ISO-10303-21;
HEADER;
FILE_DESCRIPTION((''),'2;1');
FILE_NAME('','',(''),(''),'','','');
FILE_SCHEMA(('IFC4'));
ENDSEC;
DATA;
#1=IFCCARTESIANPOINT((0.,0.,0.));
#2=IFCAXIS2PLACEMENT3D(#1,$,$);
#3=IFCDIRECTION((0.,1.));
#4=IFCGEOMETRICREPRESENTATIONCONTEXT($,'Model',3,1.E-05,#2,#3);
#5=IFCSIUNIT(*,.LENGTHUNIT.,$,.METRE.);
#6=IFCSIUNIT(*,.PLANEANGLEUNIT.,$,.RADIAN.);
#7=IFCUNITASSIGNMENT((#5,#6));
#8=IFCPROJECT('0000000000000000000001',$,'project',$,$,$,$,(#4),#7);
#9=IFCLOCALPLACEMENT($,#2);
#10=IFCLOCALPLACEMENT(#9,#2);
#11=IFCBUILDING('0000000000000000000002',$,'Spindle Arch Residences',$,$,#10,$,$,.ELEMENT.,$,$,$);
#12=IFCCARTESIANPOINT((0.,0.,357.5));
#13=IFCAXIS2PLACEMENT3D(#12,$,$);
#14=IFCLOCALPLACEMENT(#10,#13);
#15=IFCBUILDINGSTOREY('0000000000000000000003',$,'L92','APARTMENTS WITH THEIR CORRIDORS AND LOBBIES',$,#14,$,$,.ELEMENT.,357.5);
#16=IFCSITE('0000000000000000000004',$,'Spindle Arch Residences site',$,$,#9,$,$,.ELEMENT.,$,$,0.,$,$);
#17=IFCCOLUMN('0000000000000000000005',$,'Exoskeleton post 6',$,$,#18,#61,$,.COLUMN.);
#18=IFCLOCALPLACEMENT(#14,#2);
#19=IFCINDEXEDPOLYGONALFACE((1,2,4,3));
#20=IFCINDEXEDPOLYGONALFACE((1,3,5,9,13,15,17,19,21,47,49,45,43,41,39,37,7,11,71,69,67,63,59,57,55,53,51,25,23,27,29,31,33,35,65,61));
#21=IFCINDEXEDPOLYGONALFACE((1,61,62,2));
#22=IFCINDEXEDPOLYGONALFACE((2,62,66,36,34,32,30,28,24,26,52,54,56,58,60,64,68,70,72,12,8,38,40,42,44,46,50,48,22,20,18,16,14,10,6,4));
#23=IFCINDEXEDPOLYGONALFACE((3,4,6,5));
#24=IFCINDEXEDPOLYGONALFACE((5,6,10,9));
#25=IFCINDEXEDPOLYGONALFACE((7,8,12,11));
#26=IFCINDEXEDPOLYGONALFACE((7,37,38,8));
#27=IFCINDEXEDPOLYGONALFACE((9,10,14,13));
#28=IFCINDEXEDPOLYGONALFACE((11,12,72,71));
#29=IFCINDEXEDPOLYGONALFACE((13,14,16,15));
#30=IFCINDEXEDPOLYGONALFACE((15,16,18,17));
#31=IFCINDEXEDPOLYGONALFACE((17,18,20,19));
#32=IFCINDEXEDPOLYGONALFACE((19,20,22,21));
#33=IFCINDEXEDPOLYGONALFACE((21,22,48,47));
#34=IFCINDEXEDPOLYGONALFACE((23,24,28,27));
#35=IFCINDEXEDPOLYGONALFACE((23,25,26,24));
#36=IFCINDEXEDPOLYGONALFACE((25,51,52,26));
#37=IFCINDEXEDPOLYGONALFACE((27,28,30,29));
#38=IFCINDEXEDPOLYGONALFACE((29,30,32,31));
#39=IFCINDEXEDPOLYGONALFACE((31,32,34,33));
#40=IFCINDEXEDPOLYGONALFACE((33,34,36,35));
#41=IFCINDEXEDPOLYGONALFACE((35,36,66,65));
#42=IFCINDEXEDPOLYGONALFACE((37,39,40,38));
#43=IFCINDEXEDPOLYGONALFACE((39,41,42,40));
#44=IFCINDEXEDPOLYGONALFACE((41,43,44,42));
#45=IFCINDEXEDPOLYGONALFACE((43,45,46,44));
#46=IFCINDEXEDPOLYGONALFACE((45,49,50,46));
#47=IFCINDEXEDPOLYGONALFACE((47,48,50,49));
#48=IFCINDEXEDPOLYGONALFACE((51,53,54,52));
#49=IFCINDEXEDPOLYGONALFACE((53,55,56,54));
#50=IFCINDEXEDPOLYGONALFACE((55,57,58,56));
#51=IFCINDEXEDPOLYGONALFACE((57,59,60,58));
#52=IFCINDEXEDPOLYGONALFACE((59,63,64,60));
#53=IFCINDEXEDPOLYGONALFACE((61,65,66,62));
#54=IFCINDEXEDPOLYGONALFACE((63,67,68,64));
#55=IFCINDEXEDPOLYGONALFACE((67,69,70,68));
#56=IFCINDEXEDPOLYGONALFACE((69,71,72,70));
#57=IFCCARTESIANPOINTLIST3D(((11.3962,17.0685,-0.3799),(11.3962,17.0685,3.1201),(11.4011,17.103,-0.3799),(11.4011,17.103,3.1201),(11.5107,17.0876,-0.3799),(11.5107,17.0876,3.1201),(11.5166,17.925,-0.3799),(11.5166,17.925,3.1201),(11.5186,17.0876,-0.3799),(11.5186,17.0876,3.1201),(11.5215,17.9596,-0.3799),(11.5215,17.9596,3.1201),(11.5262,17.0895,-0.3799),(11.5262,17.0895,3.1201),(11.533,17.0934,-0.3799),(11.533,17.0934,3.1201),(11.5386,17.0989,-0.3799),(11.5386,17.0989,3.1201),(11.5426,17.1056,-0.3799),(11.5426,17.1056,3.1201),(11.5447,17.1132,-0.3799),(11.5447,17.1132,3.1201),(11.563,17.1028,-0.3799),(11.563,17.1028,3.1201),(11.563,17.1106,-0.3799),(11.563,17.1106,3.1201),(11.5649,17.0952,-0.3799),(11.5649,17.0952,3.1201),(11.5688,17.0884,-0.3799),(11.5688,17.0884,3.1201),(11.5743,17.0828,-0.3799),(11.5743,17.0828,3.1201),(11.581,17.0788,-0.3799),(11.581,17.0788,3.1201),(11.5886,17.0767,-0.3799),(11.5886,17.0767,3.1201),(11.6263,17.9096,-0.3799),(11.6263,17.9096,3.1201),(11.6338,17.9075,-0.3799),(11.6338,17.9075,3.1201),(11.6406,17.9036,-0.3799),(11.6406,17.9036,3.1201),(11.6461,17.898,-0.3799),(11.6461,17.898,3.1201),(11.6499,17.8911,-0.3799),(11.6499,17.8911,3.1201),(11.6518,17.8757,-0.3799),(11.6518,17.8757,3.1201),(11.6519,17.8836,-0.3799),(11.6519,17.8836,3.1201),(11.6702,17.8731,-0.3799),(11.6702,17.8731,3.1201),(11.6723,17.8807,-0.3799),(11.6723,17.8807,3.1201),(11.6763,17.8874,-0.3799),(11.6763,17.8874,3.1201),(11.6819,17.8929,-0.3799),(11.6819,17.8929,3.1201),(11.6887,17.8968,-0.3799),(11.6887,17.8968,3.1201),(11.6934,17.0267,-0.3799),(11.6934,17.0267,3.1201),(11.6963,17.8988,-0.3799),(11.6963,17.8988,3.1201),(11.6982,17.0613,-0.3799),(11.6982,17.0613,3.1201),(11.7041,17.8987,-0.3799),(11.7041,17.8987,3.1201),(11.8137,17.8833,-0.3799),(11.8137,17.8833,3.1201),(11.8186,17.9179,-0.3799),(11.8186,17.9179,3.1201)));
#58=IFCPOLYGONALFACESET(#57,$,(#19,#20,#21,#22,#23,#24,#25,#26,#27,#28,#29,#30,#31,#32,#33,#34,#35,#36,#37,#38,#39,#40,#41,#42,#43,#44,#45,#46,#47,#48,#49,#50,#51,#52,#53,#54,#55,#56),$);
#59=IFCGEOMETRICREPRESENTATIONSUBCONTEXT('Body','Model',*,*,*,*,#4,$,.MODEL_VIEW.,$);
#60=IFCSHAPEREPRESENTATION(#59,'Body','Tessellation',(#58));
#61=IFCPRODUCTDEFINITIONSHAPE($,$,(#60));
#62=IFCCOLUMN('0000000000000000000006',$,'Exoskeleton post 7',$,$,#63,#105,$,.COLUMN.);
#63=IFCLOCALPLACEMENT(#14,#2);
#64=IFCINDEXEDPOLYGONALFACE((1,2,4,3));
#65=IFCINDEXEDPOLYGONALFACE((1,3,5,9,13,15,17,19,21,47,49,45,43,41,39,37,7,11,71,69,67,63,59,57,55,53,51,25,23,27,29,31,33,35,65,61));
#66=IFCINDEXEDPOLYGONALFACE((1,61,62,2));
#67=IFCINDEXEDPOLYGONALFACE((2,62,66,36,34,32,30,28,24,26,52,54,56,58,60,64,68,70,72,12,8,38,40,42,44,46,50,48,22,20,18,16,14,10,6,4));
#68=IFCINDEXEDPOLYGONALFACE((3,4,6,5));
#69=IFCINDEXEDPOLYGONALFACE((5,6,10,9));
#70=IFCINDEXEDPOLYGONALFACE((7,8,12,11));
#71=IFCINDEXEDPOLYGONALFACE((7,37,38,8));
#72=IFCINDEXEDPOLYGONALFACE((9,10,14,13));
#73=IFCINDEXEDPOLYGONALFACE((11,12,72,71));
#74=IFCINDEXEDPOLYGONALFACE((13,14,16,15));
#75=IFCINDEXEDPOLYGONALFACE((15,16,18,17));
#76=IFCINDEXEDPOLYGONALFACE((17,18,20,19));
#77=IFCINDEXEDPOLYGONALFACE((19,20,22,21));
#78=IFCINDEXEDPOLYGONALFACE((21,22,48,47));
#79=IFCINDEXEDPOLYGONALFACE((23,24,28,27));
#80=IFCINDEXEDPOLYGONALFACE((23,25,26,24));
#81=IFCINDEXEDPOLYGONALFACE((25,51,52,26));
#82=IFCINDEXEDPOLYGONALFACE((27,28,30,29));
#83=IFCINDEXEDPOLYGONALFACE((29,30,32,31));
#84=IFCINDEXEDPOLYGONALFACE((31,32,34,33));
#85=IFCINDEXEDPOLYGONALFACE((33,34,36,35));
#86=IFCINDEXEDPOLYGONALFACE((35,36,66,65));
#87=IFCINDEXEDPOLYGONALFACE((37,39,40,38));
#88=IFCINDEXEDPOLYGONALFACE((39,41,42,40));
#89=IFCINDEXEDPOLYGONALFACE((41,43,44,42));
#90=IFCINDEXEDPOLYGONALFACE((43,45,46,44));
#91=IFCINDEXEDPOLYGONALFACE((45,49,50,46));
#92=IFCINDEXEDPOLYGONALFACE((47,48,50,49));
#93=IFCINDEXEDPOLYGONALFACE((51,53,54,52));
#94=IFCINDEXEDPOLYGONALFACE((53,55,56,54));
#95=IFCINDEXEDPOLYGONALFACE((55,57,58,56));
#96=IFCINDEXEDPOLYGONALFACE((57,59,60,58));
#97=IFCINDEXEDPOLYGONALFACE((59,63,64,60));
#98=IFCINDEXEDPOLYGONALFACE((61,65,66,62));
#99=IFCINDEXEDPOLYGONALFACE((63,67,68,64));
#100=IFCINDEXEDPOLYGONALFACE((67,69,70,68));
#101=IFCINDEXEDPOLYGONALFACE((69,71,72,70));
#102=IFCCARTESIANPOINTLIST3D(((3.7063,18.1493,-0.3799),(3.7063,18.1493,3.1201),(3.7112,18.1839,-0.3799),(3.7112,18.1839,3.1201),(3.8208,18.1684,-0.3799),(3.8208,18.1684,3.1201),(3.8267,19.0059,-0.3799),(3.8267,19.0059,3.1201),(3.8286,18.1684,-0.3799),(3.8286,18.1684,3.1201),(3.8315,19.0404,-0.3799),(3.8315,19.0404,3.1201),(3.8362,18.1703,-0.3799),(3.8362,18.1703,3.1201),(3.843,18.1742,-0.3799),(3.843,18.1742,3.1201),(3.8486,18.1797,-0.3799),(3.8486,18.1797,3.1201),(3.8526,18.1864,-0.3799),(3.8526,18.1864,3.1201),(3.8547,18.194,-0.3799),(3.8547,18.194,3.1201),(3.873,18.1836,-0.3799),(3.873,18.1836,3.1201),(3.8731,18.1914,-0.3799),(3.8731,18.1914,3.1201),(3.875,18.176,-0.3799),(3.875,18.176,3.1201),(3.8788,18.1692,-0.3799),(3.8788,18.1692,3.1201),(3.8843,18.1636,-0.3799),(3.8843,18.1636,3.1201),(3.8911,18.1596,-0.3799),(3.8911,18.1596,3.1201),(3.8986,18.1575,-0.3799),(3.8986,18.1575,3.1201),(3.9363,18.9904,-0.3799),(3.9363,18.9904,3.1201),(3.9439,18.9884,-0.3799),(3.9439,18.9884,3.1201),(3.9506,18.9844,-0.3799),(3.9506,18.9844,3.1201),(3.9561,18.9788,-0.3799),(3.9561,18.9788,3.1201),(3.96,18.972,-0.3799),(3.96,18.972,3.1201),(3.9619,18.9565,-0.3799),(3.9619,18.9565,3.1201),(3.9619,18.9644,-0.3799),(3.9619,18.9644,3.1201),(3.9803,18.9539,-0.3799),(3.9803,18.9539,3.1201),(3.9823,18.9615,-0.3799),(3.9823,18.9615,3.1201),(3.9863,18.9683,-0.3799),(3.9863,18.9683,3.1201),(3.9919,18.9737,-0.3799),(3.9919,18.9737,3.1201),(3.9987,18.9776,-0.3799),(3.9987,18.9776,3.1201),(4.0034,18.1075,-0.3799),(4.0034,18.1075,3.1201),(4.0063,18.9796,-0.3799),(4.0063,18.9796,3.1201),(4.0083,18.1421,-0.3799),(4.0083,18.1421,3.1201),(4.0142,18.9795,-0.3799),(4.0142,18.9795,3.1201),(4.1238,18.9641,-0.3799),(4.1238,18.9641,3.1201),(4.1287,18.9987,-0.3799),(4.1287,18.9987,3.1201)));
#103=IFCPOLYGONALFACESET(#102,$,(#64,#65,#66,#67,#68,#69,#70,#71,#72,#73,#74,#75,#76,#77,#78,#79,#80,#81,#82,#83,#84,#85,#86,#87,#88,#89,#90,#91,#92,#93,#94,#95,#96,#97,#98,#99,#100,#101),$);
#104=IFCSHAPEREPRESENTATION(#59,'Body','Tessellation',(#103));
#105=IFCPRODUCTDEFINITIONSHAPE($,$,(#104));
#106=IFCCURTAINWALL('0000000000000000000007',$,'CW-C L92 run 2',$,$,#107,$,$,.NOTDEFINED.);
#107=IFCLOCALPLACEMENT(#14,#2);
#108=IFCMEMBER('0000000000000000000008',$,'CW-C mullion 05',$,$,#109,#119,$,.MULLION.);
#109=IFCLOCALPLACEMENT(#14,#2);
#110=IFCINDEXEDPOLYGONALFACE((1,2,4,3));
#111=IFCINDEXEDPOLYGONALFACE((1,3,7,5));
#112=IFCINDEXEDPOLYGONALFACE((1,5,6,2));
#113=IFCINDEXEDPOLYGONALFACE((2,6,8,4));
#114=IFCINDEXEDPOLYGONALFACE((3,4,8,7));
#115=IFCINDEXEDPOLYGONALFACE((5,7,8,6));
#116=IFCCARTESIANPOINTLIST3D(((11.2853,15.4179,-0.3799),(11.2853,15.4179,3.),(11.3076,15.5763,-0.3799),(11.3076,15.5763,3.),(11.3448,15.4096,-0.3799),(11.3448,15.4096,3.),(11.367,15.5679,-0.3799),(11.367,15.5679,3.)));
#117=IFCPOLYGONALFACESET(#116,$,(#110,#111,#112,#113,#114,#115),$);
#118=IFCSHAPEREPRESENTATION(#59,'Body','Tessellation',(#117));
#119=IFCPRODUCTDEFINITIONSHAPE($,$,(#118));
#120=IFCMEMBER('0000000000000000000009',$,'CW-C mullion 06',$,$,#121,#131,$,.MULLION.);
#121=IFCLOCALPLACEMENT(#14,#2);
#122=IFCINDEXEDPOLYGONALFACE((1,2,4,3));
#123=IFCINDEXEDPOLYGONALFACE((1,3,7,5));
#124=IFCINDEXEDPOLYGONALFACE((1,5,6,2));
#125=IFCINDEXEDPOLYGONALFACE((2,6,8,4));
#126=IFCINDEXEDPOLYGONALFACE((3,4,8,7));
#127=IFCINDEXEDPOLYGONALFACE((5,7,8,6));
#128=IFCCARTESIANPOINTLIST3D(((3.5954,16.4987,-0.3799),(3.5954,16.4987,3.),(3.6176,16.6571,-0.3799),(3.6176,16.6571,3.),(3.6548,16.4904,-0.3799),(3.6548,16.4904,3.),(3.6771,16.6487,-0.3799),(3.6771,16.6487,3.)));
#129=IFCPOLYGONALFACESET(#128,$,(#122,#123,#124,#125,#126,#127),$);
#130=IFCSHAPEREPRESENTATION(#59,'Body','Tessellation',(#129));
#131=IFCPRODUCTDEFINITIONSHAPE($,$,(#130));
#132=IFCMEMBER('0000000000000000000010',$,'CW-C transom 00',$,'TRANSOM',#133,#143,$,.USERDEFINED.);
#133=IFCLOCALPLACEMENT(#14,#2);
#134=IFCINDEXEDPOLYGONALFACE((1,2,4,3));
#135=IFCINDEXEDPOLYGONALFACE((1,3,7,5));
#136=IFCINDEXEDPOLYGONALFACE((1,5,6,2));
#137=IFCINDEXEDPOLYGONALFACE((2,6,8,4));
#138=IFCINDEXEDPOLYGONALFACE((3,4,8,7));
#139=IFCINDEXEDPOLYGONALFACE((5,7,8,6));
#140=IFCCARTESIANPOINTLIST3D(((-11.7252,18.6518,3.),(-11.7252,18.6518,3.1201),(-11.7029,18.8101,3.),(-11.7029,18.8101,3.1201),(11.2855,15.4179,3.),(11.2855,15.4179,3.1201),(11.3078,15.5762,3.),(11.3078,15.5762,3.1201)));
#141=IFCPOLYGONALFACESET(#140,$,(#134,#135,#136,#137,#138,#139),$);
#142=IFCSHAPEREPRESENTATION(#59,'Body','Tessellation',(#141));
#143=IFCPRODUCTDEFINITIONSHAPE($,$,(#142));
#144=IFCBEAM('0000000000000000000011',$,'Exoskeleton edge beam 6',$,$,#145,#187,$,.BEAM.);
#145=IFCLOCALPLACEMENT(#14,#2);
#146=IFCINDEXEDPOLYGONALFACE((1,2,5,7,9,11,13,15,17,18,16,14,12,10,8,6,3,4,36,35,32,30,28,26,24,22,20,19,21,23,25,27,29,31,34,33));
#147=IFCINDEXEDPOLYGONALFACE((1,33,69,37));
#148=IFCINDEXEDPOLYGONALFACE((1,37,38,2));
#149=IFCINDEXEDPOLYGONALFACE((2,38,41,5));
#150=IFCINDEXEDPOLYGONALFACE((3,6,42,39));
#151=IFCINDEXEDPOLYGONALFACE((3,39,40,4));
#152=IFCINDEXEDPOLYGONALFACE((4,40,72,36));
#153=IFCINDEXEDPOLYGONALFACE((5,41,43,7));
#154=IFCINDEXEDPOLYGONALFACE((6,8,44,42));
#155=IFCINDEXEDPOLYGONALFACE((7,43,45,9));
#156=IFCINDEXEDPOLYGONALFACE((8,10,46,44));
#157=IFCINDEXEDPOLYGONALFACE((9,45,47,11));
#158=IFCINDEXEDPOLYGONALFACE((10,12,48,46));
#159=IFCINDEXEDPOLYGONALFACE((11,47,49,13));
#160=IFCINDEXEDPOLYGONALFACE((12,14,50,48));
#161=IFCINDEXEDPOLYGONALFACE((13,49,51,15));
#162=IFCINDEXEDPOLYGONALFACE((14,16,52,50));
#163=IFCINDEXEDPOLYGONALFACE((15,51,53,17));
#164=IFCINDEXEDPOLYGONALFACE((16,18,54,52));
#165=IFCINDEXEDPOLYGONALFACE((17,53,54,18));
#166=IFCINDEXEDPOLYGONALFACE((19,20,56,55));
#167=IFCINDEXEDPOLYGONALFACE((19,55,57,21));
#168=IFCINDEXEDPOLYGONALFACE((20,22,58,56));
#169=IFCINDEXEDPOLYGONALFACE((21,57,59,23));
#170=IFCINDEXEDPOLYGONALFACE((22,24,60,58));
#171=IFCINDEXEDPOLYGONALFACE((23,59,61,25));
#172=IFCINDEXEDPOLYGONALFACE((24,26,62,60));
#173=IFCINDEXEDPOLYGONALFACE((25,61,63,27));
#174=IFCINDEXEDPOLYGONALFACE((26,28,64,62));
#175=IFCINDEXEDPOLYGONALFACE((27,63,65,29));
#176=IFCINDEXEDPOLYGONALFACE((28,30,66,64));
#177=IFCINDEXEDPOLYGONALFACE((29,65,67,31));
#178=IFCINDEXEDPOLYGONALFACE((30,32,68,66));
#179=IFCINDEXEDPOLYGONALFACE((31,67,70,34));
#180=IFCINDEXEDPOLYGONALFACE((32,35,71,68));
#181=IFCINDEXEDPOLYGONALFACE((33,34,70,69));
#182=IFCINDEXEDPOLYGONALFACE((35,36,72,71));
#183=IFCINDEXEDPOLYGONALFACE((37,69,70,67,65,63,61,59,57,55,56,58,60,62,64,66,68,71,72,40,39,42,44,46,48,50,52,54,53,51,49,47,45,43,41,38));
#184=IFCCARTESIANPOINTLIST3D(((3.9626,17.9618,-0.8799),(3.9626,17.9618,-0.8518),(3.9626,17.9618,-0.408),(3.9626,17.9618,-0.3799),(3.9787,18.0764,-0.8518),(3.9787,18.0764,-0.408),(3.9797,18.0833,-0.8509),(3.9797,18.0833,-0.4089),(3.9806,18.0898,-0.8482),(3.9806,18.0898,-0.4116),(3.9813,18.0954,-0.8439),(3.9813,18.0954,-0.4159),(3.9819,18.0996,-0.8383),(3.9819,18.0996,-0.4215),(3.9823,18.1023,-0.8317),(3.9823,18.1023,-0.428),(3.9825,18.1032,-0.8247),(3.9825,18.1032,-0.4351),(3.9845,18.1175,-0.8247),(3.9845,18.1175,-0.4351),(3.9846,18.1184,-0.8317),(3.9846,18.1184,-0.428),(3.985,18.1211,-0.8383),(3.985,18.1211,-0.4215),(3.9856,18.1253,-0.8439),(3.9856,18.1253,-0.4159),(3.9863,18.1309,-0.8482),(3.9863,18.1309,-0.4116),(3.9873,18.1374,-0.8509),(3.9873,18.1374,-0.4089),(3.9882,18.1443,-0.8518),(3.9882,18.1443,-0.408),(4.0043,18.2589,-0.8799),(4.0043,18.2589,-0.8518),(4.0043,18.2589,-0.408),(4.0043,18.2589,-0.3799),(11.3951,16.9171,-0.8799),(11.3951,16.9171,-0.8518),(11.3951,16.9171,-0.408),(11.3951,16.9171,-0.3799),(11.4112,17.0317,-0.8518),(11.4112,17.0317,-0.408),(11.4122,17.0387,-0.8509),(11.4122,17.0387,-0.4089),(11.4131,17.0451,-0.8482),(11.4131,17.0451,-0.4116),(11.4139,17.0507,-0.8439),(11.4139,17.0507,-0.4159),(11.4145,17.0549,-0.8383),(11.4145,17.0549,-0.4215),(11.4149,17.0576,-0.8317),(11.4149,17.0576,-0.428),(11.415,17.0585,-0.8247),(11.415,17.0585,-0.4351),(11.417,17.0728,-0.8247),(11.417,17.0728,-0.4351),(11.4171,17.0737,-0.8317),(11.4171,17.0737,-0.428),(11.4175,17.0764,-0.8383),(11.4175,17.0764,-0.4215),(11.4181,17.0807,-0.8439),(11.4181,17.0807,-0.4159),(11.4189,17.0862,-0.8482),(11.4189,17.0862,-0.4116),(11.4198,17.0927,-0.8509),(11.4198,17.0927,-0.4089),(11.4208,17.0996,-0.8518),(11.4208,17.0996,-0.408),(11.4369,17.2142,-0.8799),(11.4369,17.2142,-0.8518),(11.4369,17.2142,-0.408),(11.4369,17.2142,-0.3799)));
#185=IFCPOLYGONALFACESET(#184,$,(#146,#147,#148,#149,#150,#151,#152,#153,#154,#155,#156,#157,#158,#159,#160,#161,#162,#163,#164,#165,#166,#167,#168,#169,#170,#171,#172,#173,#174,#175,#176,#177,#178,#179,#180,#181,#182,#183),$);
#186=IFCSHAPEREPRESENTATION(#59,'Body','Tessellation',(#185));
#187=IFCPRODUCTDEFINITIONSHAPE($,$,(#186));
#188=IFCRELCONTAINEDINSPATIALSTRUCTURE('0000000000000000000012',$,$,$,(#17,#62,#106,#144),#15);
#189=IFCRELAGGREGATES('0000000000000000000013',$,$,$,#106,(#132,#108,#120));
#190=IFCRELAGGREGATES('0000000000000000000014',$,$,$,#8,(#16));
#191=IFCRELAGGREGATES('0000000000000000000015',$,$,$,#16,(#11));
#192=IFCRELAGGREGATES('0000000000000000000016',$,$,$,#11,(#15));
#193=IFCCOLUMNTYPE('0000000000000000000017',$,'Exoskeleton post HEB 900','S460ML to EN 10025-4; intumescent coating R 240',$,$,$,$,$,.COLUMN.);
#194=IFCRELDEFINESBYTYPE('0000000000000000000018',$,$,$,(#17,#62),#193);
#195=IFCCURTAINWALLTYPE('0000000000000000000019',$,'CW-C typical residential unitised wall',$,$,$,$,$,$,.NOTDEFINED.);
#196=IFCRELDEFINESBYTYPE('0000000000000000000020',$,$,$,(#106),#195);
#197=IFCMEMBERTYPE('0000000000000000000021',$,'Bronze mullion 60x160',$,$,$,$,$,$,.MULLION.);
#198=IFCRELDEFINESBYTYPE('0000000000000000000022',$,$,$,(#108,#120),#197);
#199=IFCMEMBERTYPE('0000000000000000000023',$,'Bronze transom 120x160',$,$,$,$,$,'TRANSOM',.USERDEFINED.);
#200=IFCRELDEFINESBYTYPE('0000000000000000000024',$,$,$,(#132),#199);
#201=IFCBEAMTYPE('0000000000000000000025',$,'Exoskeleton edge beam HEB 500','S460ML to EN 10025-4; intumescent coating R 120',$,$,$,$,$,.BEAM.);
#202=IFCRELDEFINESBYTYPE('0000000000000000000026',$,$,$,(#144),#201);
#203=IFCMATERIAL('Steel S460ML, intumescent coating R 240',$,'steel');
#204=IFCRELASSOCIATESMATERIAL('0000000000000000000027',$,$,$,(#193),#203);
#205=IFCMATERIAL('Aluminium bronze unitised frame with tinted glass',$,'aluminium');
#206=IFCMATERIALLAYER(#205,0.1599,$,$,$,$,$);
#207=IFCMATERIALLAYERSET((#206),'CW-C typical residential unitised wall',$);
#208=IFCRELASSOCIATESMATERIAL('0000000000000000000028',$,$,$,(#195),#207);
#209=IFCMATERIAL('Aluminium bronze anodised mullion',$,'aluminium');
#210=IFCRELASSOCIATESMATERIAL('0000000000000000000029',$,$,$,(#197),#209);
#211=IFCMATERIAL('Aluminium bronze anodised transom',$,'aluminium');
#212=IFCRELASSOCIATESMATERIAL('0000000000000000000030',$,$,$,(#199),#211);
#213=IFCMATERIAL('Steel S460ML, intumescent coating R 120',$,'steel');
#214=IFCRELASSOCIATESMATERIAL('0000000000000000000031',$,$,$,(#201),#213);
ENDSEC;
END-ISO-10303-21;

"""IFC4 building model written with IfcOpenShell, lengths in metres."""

from ifc_helpers import new_model, si_unit, direction, frame, origin, origin_2d, place, context, subcontext, project, spatial, rectangle, i_section, extrude, material, layer, layer_set, material_profile, profile_set, type_object, element, aggregate, save


model = new_model("IFC4")

# Units and contexts
model_context = context("Model", 3, precision=1e-05, world=origin(), true_north=direction((0.0, 1.0)))
body_context = subcontext(model_context, "Body", "Model", "MODEL_VIEW")
ifc_project = project(units=[si_unit("LENGTHUNIT", "METRE"), si_unit("PLANEANGLEUNIT", "RADIAN")], contexts=[model_context])

# Site, building, storey
site_placement = place(None, origin())
site = spatial("IfcSite", under=ifc_project, at=site_placement, Name="Spindle Arch Residences site", CompositionType="ELEMENT", RefElevation=0.0)
building_placement = place(site_placement, origin())
building = spatial("IfcBuilding", under=site, at=building_placement, Name="Spindle Arch Residences", CompositionType="ELEMENT")
storey_placement = place(building_placement, frame((0.0, 0.0, 357.5)))
storey = spatial("IfcBuildingStorey", under=building, at=storey_placement, Name="L92", Description="APARTMENTS WITH THEIR CORRIDORS AND LOBBIES", CompositionType="ELEMENT", Elevation=357.5)

# Columns
ifc_material_1 = material(Name="Steel S460ML, intumescent coating R 240", Category="steel")
ifc_material_profile_1 = material_profile(ifc_material_1, i_section(OverallWidth=0.3, OverallDepth=0.8999, WebThickness=0.0186, FlangeThickness=0.0349, FilletRadius=0.03, at=origin_2d()), Name="HEB 900")
ifc_profile_set_1 = profile_set([ifc_material_profile_1], Name="Steel S460ML, intumescent coating R 240")
column_type = type_object("IfcColumnType", Name="Exoskeleton post HEB 900", Description="S460ML to EN 10025-4; intumescent coating R 240", PredefinedType="COLUMN", material=ifc_profile_set_1)
for number, where, z_axis, x_axis, name in (
    (1, (11.6074, 17.4932, -0.3799), (0.0, 0.0, 1.0), (0.990268, -0.139173, 0.0), "Exoskeleton post 6"),
    (2, (3.9175, 18.574, -0.3799), (0.0, 0.0, 1.0), (0.990268, -0.139173, 0.0), "Exoskeleton post 7"),
):
    element("IfcColumn", number, at=place(storey_placement, frame(where, z_axis=z_axis, x_axis=x_axis)), inside=storey, type_object=column_type, Name=name, PredefinedType="COLUMN", context=body_context, shape_type="SweptSolid", body=[
        extrude(i_section(OverallWidth=0.3, OverallDepth=0.8999, WebThickness=0.0186, FlangeThickness=0.0349, FilletRadius=0.03, at=origin_2d()), origin(), (0.0, 0.0, 1.0), 3.5),
    ])

# Curtain wall, members
ifc_material_2 = material(Name="Aluminium bronze unitised frame with tinted glass", Category="aluminium")
ifc_layer_1 = layer(ifc_material_2, 0.1599)
ifc_layer_set_1 = layer_set([ifc_layer_1], Name="CW-C typical residential unitised wall")
curtain_wall_type = type_object("IfcCurtainWallType", Name="CW-C typical residential unitised wall", PredefinedType="NOTDEFINED", material=ifc_layer_set_1)
curtain_wall_placement = place(storey_placement, origin())
curtain_wall = element("IfcCurtainWall", 3, at=curtain_wall_placement, inside=storey, type_object=curtain_wall_type, Name="CW-C L92 run 2", PredefinedType="NOTDEFINED")
ifc_material_3 = material(Name="Aluminium bronze anodised mullion", Category="aluminium")
ifc_material_profile_2 = material_profile(ifc_material_3, rectangle(XDim=0.1599, YDim=0.0601, at=origin_2d()), Name="MU 60x160")
ifc_profile_set_2 = profile_set([ifc_material_profile_2], Name="Aluminium bronze anodised mullion")
member_type_1 = type_object("IfcMemberType", Name="Bronze mullion 60x160", PredefinedType="MULLION", material=ifc_profile_set_2)
member_1_placement = place(storey_placement, frame((11.3262, 15.4929, -0.3799), z_axis=(0.0, 0.0, 1.0), x_axis=(-0.139173, -0.990268, 0.0)))
member_1 = element("IfcMember", 4, at=member_1_placement, type_object=member_type_1, Name="CW-C mullion 05", PredefinedType="MULLION", context=body_context, shape_type="SweptSolid", body=[
    extrude(rectangle(XDim=0.1599, YDim=0.0601, at=origin_2d()), origin(), (0.0, 0.0, 1.0), 3.3799),
])
member_2_placement = place(storey_placement, frame((3.6362, 16.5737, -0.3799), z_axis=(0.0, 0.0, 1.0), x_axis=(-0.139173, -0.990268, 0.0)))
member_2 = element("IfcMember", 5, at=member_2_placement, type_object=member_type_1, Name="CW-C mullion 06", PredefinedType="MULLION", context=body_context, shape_type="SweptSolid", body=[
    extrude(rectangle(XDim=0.1599, YDim=0.0601, at=origin_2d()), origin(), (0.0, 0.0, 1.0), 3.3799),
])
ifc_material_4 = material(Name="Aluminium bronze anodised transom", Category="aluminium")
ifc_material_profile_3 = material_profile(ifc_material_4, rectangle(XDim=0.1599, YDim=0.1201, at=origin_2d()), Name="TR 120x160")
ifc_profile_set_3 = profile_set([ifc_material_profile_3], Name="Aluminium bronze anodised transom")
member_type_2 = type_object("IfcMemberType", Name="Bronze transom 120x160", ElementType="TRANSOM", PredefinedType="USERDEFINED", material=ifc_profile_set_3)
member_3_placement = place(storey_placement, frame((11.2966, 15.4971, 3.0601), z_axis=(-0.990268, 0.13917, 0.0), x_axis=(-0.13917, -0.990268, 0.0)))
member_3 = element("IfcMember", 6, at=member_3_placement, type_object=member_type_2, Name="CW-C transom 00", ObjectType="TRANSOM", PredefinedType="USERDEFINED", context=body_context, shape_type="SweptSolid", body=[
    extrude(rectangle(XDim=0.1599, YDim=0.1201, at=origin_2d()), origin(), (0.0, 0.0, 1.0), 23.2368),
])

# Beam
ifc_material_5 = material(Name="Steel S460ML, intumescent coating R 120", Category="steel")
ifc_material_profile_4 = material_profile(ifc_material_5, i_section(OverallWidth=0.3, OverallDepth=0.5, WebThickness=0.0144, FlangeThickness=0.0281, FilletRadius=0.0271, at=origin_2d()), Name="HEB 500")
ifc_profile_set_4 = profile_set([ifc_material_profile_4], Name="Steel S460ML, intumescent coating R 120")
beam_type_1 = type_object("IfcBeamType", Name="Exoskeleton edge beam HEB 500", Description="S460ML to EN 10025-4; intumescent coating R 120", PredefinedType="BEAM", material=ifc_profile_set_4)
for number, where, z_axis, x_axis, name in (
    (7, (11.416, 17.0657, -0.6299), (-0.990266, 0.139185, 0.0), (-0.139185, -0.990266, 0.0), "Exoskeleton edge beam 6"),
):
    element("IfcBeam", number, at=place(storey_placement, frame(where, z_axis=z_axis, x_axis=x_axis)), inside=storey, type_object=beam_type_1, Name=name, PredefinedType="BEAM", context=body_context, shape_type="SweptSolid", body=[
        extrude(i_section(OverallWidth=0.3, OverallDepth=0.5, WebThickness=0.0144, FlangeThickness=0.0281, FilletRadius=0.0271, at=origin_2d()), origin(), (0.0, 0.0, 1.0), 7.5056),
    ])

aggregate(curtain_wall, [member_3, member_1, member_2])

save(model, "model.ifc")
